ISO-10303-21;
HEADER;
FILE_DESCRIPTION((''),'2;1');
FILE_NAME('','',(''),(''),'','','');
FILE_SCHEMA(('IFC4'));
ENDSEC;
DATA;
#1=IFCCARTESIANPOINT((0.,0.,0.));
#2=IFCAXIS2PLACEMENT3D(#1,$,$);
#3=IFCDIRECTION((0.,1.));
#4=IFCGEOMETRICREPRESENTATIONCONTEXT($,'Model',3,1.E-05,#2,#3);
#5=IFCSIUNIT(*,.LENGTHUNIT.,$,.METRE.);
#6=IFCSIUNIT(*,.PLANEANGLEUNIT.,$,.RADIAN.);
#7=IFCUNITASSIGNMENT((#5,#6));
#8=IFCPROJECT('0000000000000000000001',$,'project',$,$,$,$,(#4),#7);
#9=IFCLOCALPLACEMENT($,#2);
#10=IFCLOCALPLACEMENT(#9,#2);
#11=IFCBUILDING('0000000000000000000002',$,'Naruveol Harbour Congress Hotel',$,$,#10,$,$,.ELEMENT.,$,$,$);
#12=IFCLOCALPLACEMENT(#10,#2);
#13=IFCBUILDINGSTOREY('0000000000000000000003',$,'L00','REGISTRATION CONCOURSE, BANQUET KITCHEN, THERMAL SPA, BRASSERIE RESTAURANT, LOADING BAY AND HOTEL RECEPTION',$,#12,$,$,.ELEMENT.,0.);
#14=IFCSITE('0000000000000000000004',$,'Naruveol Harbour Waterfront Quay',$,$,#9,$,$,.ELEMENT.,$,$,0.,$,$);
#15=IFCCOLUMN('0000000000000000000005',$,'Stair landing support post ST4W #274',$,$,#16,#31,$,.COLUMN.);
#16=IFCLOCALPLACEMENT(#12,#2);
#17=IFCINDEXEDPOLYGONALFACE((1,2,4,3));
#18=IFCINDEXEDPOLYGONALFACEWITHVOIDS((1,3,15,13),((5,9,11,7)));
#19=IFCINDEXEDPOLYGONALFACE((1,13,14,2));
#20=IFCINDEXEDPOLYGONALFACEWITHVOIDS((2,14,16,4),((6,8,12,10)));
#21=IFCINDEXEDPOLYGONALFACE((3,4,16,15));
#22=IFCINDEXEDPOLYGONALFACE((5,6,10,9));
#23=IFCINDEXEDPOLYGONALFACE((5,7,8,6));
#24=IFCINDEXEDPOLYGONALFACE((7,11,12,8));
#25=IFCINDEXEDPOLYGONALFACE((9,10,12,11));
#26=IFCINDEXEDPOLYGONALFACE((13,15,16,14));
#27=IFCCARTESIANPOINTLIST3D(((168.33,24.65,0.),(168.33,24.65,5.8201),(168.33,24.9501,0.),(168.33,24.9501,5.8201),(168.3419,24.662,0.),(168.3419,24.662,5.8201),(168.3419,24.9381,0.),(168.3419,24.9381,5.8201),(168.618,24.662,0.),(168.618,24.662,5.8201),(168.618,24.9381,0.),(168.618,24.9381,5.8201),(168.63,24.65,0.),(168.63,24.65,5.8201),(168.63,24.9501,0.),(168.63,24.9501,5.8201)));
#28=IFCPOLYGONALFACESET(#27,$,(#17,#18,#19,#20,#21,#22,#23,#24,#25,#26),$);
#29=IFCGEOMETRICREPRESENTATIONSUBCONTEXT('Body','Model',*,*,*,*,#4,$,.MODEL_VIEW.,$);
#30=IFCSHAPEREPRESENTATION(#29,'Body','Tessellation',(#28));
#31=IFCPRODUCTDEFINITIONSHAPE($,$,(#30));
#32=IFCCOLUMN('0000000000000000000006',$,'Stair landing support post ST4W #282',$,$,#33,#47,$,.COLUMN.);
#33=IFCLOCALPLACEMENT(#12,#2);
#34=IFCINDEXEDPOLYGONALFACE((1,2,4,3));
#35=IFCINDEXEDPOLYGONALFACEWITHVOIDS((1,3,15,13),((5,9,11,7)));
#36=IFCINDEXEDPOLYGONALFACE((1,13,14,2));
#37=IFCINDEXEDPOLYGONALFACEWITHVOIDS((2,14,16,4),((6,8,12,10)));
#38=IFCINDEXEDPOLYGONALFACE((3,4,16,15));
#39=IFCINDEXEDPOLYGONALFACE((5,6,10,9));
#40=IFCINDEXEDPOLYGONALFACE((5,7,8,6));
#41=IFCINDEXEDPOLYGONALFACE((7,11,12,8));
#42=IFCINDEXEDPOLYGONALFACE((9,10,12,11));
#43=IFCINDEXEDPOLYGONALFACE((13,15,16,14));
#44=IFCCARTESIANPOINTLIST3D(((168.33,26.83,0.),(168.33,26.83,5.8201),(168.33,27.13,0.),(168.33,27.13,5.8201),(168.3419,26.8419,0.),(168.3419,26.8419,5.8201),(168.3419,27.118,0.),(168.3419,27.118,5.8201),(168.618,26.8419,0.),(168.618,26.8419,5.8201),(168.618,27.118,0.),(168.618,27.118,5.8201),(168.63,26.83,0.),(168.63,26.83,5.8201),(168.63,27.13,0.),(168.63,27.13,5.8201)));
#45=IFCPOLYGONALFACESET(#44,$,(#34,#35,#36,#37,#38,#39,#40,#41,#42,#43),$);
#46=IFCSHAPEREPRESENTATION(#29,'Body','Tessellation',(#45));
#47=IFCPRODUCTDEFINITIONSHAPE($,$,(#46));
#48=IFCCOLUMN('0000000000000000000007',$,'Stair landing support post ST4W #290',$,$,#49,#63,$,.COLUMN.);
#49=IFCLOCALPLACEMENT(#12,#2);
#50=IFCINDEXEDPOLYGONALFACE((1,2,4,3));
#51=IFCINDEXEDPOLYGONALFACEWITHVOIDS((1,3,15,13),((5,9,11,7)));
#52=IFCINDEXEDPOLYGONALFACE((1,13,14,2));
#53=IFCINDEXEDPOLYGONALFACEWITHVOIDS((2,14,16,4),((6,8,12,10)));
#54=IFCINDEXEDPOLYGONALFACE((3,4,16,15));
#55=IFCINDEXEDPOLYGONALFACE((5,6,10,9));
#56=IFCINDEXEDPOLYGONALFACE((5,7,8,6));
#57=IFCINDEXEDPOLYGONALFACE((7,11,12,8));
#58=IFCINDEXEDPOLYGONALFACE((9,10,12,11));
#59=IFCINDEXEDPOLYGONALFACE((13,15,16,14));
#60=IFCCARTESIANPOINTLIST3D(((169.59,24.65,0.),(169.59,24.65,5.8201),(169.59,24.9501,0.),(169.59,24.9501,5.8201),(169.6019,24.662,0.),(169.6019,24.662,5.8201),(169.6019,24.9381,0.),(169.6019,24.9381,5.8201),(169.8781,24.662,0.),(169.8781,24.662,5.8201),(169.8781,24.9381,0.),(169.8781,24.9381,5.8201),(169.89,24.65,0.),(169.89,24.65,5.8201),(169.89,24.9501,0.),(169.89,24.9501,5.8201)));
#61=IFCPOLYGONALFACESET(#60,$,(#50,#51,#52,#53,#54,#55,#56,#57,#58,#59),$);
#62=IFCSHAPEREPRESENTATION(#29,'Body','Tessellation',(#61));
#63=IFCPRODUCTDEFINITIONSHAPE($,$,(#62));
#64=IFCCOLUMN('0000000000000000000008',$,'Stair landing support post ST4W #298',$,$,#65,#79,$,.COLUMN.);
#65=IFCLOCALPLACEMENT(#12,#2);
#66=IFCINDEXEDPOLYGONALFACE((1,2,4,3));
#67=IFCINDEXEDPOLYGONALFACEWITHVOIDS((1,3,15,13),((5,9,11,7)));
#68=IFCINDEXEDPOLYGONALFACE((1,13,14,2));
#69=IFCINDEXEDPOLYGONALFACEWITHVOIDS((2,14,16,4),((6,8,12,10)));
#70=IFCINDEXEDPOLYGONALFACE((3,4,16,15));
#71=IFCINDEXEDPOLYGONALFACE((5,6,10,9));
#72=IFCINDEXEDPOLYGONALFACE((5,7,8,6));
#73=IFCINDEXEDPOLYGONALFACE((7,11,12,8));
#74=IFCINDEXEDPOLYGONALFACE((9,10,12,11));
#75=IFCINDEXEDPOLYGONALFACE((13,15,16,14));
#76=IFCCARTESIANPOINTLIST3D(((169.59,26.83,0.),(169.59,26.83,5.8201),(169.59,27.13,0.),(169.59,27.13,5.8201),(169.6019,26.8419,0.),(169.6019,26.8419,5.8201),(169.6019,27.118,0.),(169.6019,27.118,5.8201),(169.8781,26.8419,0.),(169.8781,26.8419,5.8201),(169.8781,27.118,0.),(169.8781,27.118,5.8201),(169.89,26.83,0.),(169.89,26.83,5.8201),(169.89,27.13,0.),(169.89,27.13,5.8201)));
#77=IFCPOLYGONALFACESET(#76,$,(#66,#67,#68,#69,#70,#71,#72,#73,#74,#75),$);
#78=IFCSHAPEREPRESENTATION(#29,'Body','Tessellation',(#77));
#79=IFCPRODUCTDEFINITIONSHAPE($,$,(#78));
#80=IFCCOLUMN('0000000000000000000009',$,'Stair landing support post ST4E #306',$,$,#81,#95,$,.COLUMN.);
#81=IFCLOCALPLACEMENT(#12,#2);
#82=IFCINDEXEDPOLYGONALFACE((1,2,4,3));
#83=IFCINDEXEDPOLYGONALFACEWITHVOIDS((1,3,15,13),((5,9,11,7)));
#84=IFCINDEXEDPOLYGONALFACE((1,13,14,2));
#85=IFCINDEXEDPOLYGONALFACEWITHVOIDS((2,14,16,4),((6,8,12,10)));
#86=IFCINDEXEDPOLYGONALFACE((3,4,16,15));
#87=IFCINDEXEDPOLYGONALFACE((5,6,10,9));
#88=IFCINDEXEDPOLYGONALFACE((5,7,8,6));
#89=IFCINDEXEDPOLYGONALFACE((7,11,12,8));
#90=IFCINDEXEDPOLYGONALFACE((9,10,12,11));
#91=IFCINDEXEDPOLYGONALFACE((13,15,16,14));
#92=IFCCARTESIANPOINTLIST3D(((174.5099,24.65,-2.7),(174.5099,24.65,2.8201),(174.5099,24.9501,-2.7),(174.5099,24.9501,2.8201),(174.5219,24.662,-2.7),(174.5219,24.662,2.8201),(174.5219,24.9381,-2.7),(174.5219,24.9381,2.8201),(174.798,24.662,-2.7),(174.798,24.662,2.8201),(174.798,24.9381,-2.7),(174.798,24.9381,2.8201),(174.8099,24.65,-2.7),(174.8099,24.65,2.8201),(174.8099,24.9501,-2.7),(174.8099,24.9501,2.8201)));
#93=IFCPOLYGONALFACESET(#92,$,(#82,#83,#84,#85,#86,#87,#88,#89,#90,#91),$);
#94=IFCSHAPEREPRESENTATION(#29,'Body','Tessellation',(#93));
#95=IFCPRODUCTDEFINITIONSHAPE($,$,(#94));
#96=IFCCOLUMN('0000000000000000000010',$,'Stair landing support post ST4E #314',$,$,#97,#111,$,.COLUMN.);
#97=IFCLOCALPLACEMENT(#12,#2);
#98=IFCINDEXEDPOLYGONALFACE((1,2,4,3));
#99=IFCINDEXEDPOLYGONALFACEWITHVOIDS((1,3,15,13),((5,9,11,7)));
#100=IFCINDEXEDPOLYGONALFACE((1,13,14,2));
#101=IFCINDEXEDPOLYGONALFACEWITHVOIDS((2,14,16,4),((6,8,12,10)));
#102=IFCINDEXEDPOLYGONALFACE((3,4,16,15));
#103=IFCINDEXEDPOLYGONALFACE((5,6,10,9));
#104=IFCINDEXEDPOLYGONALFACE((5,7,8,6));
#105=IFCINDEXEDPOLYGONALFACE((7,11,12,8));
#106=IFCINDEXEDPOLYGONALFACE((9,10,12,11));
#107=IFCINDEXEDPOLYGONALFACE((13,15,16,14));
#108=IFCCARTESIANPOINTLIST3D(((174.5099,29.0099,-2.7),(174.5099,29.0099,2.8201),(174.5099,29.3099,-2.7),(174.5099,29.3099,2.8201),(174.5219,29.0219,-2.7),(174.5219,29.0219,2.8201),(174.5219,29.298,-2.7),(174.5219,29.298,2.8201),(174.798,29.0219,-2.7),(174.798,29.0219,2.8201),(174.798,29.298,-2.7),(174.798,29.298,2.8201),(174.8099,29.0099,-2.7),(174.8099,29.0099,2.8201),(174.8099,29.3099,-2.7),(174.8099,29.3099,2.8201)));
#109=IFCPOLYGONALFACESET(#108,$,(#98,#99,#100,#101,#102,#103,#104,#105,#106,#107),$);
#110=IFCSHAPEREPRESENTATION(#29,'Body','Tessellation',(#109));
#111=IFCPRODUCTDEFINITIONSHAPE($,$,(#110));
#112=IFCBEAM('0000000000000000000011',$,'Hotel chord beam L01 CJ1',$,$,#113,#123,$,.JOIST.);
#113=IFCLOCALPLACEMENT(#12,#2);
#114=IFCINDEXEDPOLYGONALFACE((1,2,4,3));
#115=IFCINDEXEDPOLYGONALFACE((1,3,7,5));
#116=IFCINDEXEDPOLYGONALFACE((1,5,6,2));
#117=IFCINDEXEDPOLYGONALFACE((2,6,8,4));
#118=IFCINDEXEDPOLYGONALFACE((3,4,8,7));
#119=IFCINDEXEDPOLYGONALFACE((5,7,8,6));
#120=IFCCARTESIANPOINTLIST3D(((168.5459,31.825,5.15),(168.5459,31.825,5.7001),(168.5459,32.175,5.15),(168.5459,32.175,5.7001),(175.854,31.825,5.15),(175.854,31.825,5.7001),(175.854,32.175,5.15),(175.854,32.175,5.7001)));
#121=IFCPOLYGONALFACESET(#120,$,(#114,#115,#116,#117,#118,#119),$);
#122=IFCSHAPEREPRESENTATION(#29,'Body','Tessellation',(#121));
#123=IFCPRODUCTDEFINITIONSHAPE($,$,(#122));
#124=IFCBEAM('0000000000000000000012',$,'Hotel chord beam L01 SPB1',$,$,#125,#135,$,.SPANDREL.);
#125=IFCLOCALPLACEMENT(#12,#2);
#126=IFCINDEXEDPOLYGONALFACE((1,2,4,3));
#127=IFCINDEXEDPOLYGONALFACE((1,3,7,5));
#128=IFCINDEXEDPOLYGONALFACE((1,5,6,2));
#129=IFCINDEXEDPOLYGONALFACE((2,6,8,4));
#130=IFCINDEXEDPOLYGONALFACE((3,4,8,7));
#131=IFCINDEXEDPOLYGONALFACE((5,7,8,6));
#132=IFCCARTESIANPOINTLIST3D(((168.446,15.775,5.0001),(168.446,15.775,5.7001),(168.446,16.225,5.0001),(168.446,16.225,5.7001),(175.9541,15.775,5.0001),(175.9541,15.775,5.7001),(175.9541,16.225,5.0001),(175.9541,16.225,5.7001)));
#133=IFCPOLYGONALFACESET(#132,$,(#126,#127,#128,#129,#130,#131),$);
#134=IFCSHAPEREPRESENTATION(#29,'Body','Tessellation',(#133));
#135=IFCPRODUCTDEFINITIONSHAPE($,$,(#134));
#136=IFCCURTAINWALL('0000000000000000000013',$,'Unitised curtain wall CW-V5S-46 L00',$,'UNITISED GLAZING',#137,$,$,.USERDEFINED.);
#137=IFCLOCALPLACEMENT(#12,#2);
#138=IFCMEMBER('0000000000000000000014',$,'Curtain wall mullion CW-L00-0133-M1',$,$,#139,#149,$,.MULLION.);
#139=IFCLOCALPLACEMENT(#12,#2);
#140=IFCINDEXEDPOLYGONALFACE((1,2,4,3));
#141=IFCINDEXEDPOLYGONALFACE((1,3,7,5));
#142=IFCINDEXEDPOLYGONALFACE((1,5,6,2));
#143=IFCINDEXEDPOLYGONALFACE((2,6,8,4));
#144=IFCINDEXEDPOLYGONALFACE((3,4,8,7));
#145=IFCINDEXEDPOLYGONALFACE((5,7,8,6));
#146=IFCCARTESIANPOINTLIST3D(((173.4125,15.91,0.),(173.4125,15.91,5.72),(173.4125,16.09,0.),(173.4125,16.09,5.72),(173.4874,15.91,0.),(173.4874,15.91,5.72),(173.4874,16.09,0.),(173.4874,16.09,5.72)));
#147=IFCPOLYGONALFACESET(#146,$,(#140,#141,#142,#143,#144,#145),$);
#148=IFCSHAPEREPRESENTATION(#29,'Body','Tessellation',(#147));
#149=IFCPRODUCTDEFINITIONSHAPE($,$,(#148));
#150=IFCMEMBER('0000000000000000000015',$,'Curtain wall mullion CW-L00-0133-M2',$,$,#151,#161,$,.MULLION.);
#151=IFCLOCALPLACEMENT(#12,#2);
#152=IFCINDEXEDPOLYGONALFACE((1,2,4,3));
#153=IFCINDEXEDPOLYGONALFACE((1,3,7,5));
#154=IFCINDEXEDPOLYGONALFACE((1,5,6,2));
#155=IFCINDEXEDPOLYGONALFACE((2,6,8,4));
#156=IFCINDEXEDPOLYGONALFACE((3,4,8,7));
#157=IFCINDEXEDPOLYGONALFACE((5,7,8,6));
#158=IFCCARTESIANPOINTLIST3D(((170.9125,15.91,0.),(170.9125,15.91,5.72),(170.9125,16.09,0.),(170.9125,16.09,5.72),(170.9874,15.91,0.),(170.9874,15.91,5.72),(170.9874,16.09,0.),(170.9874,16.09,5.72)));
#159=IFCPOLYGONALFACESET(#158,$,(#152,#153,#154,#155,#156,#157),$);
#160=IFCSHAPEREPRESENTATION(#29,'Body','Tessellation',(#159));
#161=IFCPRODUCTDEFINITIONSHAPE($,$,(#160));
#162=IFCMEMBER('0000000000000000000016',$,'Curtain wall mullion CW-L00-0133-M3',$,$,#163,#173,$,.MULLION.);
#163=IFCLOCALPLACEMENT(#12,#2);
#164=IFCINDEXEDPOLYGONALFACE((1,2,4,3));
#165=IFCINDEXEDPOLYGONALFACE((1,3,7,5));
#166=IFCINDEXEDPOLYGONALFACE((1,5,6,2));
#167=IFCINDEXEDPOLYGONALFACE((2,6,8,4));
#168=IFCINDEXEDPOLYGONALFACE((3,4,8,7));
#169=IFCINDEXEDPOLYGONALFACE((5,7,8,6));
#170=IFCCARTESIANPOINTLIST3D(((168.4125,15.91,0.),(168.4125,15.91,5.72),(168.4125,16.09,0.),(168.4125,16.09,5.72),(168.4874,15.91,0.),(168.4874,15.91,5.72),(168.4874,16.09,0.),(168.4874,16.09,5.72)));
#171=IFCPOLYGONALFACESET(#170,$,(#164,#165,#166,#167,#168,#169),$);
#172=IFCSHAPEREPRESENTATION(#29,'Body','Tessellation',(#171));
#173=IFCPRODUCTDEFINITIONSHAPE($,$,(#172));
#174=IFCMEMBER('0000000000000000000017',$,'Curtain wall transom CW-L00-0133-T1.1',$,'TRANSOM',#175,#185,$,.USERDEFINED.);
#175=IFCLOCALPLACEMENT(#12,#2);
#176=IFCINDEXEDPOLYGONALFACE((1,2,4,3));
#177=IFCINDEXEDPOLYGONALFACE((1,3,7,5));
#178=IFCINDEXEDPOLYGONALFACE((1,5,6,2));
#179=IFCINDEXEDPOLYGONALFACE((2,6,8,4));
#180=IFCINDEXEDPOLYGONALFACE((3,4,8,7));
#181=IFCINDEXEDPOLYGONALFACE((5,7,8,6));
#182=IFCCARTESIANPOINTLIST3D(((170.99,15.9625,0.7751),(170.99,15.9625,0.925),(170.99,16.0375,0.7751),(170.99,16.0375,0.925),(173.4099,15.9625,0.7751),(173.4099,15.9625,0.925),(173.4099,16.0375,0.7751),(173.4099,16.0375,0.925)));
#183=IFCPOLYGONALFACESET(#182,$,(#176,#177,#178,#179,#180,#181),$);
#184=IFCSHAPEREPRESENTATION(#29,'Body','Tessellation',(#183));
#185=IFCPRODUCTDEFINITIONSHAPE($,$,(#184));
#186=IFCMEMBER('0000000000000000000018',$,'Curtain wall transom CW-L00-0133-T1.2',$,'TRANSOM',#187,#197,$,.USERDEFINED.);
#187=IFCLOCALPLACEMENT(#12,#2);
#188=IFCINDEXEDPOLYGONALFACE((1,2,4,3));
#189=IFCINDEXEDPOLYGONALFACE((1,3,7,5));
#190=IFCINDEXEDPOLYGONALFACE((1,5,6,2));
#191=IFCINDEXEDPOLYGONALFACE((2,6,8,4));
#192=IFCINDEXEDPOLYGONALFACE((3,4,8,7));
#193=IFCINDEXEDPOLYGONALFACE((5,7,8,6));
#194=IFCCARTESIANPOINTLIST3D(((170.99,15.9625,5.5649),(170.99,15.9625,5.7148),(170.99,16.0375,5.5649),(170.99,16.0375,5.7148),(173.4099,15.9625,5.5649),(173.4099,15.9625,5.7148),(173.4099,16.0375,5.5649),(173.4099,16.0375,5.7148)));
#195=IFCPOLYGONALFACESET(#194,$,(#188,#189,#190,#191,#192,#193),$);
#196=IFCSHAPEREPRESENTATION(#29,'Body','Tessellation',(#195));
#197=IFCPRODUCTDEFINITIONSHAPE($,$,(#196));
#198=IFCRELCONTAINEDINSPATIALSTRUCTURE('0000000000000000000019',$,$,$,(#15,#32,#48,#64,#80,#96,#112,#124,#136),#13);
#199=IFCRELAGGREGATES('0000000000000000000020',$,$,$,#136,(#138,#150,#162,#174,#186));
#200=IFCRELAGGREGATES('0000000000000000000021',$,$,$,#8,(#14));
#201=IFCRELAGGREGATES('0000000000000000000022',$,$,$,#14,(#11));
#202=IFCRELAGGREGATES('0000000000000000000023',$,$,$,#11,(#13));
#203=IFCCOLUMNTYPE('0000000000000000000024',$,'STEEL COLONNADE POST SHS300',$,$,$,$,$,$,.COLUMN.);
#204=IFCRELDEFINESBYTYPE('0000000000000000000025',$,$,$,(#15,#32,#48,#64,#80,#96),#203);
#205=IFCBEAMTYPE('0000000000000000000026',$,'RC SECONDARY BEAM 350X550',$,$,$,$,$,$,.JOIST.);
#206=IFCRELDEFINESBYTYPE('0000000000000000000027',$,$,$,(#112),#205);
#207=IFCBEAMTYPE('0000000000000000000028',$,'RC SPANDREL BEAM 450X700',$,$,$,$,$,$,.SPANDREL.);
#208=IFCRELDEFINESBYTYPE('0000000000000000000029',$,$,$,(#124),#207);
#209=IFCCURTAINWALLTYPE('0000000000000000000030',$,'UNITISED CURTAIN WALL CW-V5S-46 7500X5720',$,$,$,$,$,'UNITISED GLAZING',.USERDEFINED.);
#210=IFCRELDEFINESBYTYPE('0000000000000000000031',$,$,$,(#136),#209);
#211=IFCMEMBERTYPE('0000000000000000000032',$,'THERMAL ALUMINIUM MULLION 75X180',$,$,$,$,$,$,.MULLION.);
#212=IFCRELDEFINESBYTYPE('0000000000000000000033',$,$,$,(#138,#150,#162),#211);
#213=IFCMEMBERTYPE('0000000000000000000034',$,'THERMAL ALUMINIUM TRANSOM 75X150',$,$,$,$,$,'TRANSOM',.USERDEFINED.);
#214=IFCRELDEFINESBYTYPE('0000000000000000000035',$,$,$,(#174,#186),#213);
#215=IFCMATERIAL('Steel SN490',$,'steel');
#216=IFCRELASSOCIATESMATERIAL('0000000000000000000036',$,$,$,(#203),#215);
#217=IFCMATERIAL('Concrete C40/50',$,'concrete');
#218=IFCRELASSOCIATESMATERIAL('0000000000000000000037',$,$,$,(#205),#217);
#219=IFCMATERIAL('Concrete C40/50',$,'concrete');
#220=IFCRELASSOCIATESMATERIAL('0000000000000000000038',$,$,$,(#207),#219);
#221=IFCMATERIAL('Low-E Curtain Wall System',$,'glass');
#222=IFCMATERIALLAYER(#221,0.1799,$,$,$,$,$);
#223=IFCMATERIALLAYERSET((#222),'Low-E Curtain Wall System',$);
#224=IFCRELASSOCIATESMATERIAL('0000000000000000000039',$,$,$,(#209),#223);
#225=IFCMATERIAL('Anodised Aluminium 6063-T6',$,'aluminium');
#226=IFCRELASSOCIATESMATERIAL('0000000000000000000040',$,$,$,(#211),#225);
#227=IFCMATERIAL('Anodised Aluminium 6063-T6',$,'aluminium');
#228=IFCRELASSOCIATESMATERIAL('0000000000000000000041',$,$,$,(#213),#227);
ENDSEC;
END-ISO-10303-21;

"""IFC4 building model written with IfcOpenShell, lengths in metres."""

from ifc_helpers import new_model, si_unit, direction, frame, origin, origin_2d, place, context, subcontext, project, spatial, rectangle, hollow_rectangle, extrude, material, layer, layer_set, material_profile, profile_set, type_object, element, aggregate, save


model = new_model("IFC4")

# Units and contexts
model_context = context("Model", 3, precision=1e-05, world=origin(), true_north=direction((0.0, 1.0)))
body_context = subcontext(model_context, "Body", "Model", "MODEL_VIEW")
ifc_project = project(units=[si_unit("LENGTHUNIT", "METRE"), si_unit("PLANEANGLEUNIT", "RADIAN")], contexts=[model_context])

# Site, building, storey
site_placement = place(None, origin())
site = spatial("IfcSite", under=ifc_project, at=site_placement, Name="Naruveol Harbour Waterfront Quay", CompositionType="ELEMENT", RefElevation=0.0)
building_placement = place(site_placement, origin())
building = spatial("IfcBuilding", under=site, at=building_placement, Name="Naruveol Harbour Congress Hotel", CompositionType="ELEMENT")
storey_placement = place(building_placement, origin())
storey = spatial("IfcBuildingStorey", under=building, at=storey_placement, Name="L00", Description="REGISTRATION CONCOURSE, BANQUET KITCHEN, THERMAL SPA, BRASSERIE RESTAURANT, LOADING BAY AND HOTEL RECEPTION", CompositionType="ELEMENT", Elevation=0.0)

# Columns
ifc_material_1 = material(Name="Steel SN490", Category="steel")
ifc_material_profile_1 = material_profile(ifc_material_1, hollow_rectangle(XDim=0.3, YDim=0.3, WallThickness=0.012, at=origin_2d()), Name="SHS-300x300x12")
ifc_profile_set_1 = profile_set([ifc_material_profile_1], Name="Steel SN490")
column_type = type_object("IfcColumnType", Name="STEEL COLONNADE POST SHS300", PredefinedType="COLUMN", material=ifc_profile_set_1)
for number, where, z_axis, x_axis, name in (
    (1, (168.48, 24.8, 0.0), (0.0, 0.0, 1.0), (1.0, 0.0, 0.0), "Stair landing support post ST4W #274"),
    (2, (168.48, 26.98, 0.0), (0.0, 0.0, 1.0), (1.0, 0.0, 0.0), "Stair landing support post ST4W #282"),
    (3, (169.74, 24.8, 0.0), (0.0, 0.0, 1.0), (1.0, 0.0, 0.0), "Stair landing support post ST4W #290"),
    (4, (169.74, 26.98, 0.0), (0.0, 0.0, 1.0), (1.0, 0.0, 0.0), "Stair landing support post ST4W #298"),
):
    element("IfcColumn", number, at=place(storey_placement, frame(where, z_axis=z_axis, x_axis=x_axis)), inside=storey, type_object=column_type, Name=name, PredefinedType="COLUMN", context=body_context, shape_type="SweptSolid", body=[
        extrude(hollow_rectangle(XDim=0.3, YDim=0.3, WallThickness=0.012, at=origin_2d()), origin(), (0.0, 0.0, 1.0), 5.8201),
    ])
for number, where, z_axis, x_axis, name in (
    (5, (174.6599, 24.8, -2.7), (0.0, 0.0, 1.0), (1.0, 0.0, 0.0), "Stair landing support post ST4E #306"),
    (6, (174.6599, 29.1599, -2.7), (0.0, 0.0, 1.0), (1.0, 0.0, 0.0), "Stair landing support post ST4E #314"),
):
    element("IfcColumn", number, at=place(storey_placement, frame(where, z_axis=z_axis, x_axis=x_axis)), inside=storey, type_object=column_type, Name=name, PredefinedType="COLUMN", context=body_context, shape_type="SweptSolid", body=[
        extrude(hollow_rectangle(XDim=0.3, YDim=0.3, WallThickness=0.012, at=origin_2d()), origin(), (0.0, 0.0, 1.0), 5.52),
    ])

# Beams
ifc_material_2 = material(Name="Concrete C40/50", Category="concrete")
ifc_material_profile_2 = material_profile(ifc_material_2, rectangle(XDim=0.3501, YDim=0.55, at=origin_2d()), Name="RCB-350x550")
ifc_profile_set_2 = profile_set([ifc_material_profile_2], Name="Concrete C40/50")
beam_type_1 = type_object("IfcBeamType", Name="RC SECONDARY BEAM 350X550", PredefinedType="JOIST", material=ifc_profile_set_2)
beam_1_placement = place(storey_placement, frame((168.5459, 32.0, 5.425), z_axis=(1.0, 0.0, 0.0), x_axis=(0.0, 1.0, 0.0)))
element("IfcBeam", 7, at=beam_1_placement, inside=storey, type_object=beam_type_1, Name="Hotel chord beam L01 CJ1", PredefinedType="JOIST", context=body_context, shape_type="SweptSolid", body=[
    extrude(rectangle(XDim=0.3501, YDim=0.55, at=origin_2d()), origin(), (0.0, 0.0, 1.0), 7.3081),
])
ifc_material_3 = material(Name="Concrete C40/50", Category="concrete")
ifc_material_profile_3 = material_profile(ifc_material_3, rectangle(XDim=0.45, YDim=0.7, at=origin_2d()), Name="RCB-450x700")
ifc_profile_set_3 = profile_set([ifc_material_profile_3], Name="Concrete C40/50")
beam_type_2 = type_object("IfcBeamType", Name="RC SPANDREL BEAM 450X700", PredefinedType="SPANDREL", material=ifc_profile_set_3)
beam_2_placement = place(storey_placement, frame((168.446, 16.0, 5.3501), z_axis=(1.0, 0.0, 0.0), x_axis=(0.0, 1.0, 0.0)))
element("IfcBeam", 8, at=beam_2_placement, inside=storey, type_object=beam_type_2, Name="Hotel chord beam L01 SPB1", PredefinedType="SPANDREL", context=body_context, shape_type="SweptSolid", body=[
    extrude(rectangle(XDim=0.45, YDim=0.7, at=origin_2d()), origin(), (0.0, 0.0, 1.0), 7.5081),
])

# Curtain wall, members
ifc_material_4 = material(Name="Low-E Curtain Wall System", Category="glass")
ifc_layer_1 = layer(ifc_material_4, 0.1799)
ifc_layer_set_1 = layer_set([ifc_layer_1], Name="Low-E Curtain Wall System")
curtain_wall_type = type_object("IfcCurtainWallType", Name="UNITISED CURTAIN WALL CW-V5S-46 7500X5720", ElementType="UNITISED GLAZING", PredefinedType="USERDEFINED", material=ifc_layer_set_1)
curtain_wall_placement = place(storey_placement, origin())
curtain_wall = element("IfcCurtainWall", 9, at=curtain_wall_placement, inside=storey, type_object=curtain_wall_type, Name="Unitised curtain wall CW-V5S-46 L00", ObjectType="UNITISED GLAZING", PredefinedType="USERDEFINED")
ifc_material_5 = material(Name="Anodised Aluminium 6063-T6", Category="aluminium")
ifc_material_profile_4 = material_profile(ifc_material_5, rectangle(XDim=0.075, YDim=0.1799, at=origin_2d()), Name="ALU-75x180")
ifc_profile_set_4 = profile_set([ifc_material_profile_4], Name="Anodised Aluminium 6063-T6")
member_type_1 = type_object("IfcMemberType", Name="THERMAL ALUMINIUM MULLION 75X180", PredefinedType="MULLION", material=ifc_profile_set_4)
member_1_placement = place(storey_placement, frame((173.45, 16.0, 0.0), z_axis=(0.0, 0.0, 1.0), x_axis=(1.0, 0.0, 0.0)))
member_1 = element("IfcMember", 10, at=member_1_placement, type_object=member_type_1, Name="Curtain wall mullion CW-L00-0133-M1", PredefinedType="MULLION", context=body_context, shape_type="SweptSolid", body=[
    extrude(rectangle(XDim=0.075, YDim=0.1799, at=origin_2d()), origin(), (0.0, 0.0, 1.0), 5.72),
])
member_2_placement = place(storey_placement, frame((170.95, 16.0, 0.0), z_axis=(0.0, 0.0, 1.0), x_axis=(1.0, 0.0, 0.0)))
member_2 = element("IfcMember", 11, at=member_2_placement, type_object=member_type_1, Name="Curtain wall mullion CW-L00-0133-M2", PredefinedType="MULLION", context=body_context, shape_type="SweptSolid", body=[
    extrude(rectangle(XDim=0.075, YDim=0.1799, at=origin_2d()), origin(), (0.0, 0.0, 1.0), 5.72),
])
member_3_placement = place(storey_placement, frame((168.45, 16.0, 0.0), z_axis=(0.0, 0.0, 1.0), x_axis=(1.0, 0.0, 0.0)))
member_3 = element("IfcMember", 12, at=member_3_placement, type_object=member_type_1, Name="Curtain wall mullion CW-L00-0133-M3", PredefinedType="MULLION", context=body_context, shape_type="SweptSolid", body=[
    extrude(rectangle(XDim=0.075, YDim=0.1799, at=origin_2d()), origin(), (0.0, 0.0, 1.0), 5.72),
])
ifc_material_6 = material(Name="Anodised Aluminium 6063-T6", Category="aluminium")
ifc_material_profile_5 = material_profile(ifc_material_6, rectangle(XDim=0.075, YDim=0.1499, at=origin_2d()), Name="ALU-75x150")
ifc_profile_set_5 = profile_set([ifc_material_profile_5], Name="Anodised Aluminium 6063-T6")
member_type_2 = type_object("IfcMemberType", Name="THERMAL ALUMINIUM TRANSOM 75X150", ElementType="TRANSOM", PredefinedType="USERDEFINED", material=ifc_profile_set_5)
member_4_placement = place(storey_placement, frame((173.4099, 16.0, 0.8501), z_axis=(-1.0, 0.0, 0.0), x_axis=(0.0, -1.0, 0.0)))
member_4 = element("IfcMember", 13, at=member_4_placement, type_object=member_type_2, Name="Curtain wall transom CW-L00-0133-T1.1", ObjectType="TRANSOM", PredefinedType="USERDEFINED", context=body_context, shape_type="SweptSolid", body=[
    extrude(rectangle(XDim=0.075, YDim=0.1499, at=origin_2d()), origin(), (0.0, 0.0, 1.0), 2.4199),
])
member_5_placement = place(storey_placement, frame((173.4099, 16.0, 5.6399), z_axis=(-1.0, 0.0, 0.0), x_axis=(0.0, -1.0, 0.0)))
member_5 = element("IfcMember", 14, at=member_5_placement, type_object=member_type_2, Name="Curtain wall transom CW-L00-0133-T1.2", ObjectType="TRANSOM", PredefinedType="USERDEFINED", context=body_context, shape_type="SweptSolid", body=[
    extrude(rectangle(XDim=0.075, YDim=0.1499, at=origin_2d()), origin(), (0.0, 0.0, 1.0), 2.4199),
])
aggregate(curtain_wall, [member_1, member_2, member_3, member_4, member_5])

save(model, "model.ifc")
